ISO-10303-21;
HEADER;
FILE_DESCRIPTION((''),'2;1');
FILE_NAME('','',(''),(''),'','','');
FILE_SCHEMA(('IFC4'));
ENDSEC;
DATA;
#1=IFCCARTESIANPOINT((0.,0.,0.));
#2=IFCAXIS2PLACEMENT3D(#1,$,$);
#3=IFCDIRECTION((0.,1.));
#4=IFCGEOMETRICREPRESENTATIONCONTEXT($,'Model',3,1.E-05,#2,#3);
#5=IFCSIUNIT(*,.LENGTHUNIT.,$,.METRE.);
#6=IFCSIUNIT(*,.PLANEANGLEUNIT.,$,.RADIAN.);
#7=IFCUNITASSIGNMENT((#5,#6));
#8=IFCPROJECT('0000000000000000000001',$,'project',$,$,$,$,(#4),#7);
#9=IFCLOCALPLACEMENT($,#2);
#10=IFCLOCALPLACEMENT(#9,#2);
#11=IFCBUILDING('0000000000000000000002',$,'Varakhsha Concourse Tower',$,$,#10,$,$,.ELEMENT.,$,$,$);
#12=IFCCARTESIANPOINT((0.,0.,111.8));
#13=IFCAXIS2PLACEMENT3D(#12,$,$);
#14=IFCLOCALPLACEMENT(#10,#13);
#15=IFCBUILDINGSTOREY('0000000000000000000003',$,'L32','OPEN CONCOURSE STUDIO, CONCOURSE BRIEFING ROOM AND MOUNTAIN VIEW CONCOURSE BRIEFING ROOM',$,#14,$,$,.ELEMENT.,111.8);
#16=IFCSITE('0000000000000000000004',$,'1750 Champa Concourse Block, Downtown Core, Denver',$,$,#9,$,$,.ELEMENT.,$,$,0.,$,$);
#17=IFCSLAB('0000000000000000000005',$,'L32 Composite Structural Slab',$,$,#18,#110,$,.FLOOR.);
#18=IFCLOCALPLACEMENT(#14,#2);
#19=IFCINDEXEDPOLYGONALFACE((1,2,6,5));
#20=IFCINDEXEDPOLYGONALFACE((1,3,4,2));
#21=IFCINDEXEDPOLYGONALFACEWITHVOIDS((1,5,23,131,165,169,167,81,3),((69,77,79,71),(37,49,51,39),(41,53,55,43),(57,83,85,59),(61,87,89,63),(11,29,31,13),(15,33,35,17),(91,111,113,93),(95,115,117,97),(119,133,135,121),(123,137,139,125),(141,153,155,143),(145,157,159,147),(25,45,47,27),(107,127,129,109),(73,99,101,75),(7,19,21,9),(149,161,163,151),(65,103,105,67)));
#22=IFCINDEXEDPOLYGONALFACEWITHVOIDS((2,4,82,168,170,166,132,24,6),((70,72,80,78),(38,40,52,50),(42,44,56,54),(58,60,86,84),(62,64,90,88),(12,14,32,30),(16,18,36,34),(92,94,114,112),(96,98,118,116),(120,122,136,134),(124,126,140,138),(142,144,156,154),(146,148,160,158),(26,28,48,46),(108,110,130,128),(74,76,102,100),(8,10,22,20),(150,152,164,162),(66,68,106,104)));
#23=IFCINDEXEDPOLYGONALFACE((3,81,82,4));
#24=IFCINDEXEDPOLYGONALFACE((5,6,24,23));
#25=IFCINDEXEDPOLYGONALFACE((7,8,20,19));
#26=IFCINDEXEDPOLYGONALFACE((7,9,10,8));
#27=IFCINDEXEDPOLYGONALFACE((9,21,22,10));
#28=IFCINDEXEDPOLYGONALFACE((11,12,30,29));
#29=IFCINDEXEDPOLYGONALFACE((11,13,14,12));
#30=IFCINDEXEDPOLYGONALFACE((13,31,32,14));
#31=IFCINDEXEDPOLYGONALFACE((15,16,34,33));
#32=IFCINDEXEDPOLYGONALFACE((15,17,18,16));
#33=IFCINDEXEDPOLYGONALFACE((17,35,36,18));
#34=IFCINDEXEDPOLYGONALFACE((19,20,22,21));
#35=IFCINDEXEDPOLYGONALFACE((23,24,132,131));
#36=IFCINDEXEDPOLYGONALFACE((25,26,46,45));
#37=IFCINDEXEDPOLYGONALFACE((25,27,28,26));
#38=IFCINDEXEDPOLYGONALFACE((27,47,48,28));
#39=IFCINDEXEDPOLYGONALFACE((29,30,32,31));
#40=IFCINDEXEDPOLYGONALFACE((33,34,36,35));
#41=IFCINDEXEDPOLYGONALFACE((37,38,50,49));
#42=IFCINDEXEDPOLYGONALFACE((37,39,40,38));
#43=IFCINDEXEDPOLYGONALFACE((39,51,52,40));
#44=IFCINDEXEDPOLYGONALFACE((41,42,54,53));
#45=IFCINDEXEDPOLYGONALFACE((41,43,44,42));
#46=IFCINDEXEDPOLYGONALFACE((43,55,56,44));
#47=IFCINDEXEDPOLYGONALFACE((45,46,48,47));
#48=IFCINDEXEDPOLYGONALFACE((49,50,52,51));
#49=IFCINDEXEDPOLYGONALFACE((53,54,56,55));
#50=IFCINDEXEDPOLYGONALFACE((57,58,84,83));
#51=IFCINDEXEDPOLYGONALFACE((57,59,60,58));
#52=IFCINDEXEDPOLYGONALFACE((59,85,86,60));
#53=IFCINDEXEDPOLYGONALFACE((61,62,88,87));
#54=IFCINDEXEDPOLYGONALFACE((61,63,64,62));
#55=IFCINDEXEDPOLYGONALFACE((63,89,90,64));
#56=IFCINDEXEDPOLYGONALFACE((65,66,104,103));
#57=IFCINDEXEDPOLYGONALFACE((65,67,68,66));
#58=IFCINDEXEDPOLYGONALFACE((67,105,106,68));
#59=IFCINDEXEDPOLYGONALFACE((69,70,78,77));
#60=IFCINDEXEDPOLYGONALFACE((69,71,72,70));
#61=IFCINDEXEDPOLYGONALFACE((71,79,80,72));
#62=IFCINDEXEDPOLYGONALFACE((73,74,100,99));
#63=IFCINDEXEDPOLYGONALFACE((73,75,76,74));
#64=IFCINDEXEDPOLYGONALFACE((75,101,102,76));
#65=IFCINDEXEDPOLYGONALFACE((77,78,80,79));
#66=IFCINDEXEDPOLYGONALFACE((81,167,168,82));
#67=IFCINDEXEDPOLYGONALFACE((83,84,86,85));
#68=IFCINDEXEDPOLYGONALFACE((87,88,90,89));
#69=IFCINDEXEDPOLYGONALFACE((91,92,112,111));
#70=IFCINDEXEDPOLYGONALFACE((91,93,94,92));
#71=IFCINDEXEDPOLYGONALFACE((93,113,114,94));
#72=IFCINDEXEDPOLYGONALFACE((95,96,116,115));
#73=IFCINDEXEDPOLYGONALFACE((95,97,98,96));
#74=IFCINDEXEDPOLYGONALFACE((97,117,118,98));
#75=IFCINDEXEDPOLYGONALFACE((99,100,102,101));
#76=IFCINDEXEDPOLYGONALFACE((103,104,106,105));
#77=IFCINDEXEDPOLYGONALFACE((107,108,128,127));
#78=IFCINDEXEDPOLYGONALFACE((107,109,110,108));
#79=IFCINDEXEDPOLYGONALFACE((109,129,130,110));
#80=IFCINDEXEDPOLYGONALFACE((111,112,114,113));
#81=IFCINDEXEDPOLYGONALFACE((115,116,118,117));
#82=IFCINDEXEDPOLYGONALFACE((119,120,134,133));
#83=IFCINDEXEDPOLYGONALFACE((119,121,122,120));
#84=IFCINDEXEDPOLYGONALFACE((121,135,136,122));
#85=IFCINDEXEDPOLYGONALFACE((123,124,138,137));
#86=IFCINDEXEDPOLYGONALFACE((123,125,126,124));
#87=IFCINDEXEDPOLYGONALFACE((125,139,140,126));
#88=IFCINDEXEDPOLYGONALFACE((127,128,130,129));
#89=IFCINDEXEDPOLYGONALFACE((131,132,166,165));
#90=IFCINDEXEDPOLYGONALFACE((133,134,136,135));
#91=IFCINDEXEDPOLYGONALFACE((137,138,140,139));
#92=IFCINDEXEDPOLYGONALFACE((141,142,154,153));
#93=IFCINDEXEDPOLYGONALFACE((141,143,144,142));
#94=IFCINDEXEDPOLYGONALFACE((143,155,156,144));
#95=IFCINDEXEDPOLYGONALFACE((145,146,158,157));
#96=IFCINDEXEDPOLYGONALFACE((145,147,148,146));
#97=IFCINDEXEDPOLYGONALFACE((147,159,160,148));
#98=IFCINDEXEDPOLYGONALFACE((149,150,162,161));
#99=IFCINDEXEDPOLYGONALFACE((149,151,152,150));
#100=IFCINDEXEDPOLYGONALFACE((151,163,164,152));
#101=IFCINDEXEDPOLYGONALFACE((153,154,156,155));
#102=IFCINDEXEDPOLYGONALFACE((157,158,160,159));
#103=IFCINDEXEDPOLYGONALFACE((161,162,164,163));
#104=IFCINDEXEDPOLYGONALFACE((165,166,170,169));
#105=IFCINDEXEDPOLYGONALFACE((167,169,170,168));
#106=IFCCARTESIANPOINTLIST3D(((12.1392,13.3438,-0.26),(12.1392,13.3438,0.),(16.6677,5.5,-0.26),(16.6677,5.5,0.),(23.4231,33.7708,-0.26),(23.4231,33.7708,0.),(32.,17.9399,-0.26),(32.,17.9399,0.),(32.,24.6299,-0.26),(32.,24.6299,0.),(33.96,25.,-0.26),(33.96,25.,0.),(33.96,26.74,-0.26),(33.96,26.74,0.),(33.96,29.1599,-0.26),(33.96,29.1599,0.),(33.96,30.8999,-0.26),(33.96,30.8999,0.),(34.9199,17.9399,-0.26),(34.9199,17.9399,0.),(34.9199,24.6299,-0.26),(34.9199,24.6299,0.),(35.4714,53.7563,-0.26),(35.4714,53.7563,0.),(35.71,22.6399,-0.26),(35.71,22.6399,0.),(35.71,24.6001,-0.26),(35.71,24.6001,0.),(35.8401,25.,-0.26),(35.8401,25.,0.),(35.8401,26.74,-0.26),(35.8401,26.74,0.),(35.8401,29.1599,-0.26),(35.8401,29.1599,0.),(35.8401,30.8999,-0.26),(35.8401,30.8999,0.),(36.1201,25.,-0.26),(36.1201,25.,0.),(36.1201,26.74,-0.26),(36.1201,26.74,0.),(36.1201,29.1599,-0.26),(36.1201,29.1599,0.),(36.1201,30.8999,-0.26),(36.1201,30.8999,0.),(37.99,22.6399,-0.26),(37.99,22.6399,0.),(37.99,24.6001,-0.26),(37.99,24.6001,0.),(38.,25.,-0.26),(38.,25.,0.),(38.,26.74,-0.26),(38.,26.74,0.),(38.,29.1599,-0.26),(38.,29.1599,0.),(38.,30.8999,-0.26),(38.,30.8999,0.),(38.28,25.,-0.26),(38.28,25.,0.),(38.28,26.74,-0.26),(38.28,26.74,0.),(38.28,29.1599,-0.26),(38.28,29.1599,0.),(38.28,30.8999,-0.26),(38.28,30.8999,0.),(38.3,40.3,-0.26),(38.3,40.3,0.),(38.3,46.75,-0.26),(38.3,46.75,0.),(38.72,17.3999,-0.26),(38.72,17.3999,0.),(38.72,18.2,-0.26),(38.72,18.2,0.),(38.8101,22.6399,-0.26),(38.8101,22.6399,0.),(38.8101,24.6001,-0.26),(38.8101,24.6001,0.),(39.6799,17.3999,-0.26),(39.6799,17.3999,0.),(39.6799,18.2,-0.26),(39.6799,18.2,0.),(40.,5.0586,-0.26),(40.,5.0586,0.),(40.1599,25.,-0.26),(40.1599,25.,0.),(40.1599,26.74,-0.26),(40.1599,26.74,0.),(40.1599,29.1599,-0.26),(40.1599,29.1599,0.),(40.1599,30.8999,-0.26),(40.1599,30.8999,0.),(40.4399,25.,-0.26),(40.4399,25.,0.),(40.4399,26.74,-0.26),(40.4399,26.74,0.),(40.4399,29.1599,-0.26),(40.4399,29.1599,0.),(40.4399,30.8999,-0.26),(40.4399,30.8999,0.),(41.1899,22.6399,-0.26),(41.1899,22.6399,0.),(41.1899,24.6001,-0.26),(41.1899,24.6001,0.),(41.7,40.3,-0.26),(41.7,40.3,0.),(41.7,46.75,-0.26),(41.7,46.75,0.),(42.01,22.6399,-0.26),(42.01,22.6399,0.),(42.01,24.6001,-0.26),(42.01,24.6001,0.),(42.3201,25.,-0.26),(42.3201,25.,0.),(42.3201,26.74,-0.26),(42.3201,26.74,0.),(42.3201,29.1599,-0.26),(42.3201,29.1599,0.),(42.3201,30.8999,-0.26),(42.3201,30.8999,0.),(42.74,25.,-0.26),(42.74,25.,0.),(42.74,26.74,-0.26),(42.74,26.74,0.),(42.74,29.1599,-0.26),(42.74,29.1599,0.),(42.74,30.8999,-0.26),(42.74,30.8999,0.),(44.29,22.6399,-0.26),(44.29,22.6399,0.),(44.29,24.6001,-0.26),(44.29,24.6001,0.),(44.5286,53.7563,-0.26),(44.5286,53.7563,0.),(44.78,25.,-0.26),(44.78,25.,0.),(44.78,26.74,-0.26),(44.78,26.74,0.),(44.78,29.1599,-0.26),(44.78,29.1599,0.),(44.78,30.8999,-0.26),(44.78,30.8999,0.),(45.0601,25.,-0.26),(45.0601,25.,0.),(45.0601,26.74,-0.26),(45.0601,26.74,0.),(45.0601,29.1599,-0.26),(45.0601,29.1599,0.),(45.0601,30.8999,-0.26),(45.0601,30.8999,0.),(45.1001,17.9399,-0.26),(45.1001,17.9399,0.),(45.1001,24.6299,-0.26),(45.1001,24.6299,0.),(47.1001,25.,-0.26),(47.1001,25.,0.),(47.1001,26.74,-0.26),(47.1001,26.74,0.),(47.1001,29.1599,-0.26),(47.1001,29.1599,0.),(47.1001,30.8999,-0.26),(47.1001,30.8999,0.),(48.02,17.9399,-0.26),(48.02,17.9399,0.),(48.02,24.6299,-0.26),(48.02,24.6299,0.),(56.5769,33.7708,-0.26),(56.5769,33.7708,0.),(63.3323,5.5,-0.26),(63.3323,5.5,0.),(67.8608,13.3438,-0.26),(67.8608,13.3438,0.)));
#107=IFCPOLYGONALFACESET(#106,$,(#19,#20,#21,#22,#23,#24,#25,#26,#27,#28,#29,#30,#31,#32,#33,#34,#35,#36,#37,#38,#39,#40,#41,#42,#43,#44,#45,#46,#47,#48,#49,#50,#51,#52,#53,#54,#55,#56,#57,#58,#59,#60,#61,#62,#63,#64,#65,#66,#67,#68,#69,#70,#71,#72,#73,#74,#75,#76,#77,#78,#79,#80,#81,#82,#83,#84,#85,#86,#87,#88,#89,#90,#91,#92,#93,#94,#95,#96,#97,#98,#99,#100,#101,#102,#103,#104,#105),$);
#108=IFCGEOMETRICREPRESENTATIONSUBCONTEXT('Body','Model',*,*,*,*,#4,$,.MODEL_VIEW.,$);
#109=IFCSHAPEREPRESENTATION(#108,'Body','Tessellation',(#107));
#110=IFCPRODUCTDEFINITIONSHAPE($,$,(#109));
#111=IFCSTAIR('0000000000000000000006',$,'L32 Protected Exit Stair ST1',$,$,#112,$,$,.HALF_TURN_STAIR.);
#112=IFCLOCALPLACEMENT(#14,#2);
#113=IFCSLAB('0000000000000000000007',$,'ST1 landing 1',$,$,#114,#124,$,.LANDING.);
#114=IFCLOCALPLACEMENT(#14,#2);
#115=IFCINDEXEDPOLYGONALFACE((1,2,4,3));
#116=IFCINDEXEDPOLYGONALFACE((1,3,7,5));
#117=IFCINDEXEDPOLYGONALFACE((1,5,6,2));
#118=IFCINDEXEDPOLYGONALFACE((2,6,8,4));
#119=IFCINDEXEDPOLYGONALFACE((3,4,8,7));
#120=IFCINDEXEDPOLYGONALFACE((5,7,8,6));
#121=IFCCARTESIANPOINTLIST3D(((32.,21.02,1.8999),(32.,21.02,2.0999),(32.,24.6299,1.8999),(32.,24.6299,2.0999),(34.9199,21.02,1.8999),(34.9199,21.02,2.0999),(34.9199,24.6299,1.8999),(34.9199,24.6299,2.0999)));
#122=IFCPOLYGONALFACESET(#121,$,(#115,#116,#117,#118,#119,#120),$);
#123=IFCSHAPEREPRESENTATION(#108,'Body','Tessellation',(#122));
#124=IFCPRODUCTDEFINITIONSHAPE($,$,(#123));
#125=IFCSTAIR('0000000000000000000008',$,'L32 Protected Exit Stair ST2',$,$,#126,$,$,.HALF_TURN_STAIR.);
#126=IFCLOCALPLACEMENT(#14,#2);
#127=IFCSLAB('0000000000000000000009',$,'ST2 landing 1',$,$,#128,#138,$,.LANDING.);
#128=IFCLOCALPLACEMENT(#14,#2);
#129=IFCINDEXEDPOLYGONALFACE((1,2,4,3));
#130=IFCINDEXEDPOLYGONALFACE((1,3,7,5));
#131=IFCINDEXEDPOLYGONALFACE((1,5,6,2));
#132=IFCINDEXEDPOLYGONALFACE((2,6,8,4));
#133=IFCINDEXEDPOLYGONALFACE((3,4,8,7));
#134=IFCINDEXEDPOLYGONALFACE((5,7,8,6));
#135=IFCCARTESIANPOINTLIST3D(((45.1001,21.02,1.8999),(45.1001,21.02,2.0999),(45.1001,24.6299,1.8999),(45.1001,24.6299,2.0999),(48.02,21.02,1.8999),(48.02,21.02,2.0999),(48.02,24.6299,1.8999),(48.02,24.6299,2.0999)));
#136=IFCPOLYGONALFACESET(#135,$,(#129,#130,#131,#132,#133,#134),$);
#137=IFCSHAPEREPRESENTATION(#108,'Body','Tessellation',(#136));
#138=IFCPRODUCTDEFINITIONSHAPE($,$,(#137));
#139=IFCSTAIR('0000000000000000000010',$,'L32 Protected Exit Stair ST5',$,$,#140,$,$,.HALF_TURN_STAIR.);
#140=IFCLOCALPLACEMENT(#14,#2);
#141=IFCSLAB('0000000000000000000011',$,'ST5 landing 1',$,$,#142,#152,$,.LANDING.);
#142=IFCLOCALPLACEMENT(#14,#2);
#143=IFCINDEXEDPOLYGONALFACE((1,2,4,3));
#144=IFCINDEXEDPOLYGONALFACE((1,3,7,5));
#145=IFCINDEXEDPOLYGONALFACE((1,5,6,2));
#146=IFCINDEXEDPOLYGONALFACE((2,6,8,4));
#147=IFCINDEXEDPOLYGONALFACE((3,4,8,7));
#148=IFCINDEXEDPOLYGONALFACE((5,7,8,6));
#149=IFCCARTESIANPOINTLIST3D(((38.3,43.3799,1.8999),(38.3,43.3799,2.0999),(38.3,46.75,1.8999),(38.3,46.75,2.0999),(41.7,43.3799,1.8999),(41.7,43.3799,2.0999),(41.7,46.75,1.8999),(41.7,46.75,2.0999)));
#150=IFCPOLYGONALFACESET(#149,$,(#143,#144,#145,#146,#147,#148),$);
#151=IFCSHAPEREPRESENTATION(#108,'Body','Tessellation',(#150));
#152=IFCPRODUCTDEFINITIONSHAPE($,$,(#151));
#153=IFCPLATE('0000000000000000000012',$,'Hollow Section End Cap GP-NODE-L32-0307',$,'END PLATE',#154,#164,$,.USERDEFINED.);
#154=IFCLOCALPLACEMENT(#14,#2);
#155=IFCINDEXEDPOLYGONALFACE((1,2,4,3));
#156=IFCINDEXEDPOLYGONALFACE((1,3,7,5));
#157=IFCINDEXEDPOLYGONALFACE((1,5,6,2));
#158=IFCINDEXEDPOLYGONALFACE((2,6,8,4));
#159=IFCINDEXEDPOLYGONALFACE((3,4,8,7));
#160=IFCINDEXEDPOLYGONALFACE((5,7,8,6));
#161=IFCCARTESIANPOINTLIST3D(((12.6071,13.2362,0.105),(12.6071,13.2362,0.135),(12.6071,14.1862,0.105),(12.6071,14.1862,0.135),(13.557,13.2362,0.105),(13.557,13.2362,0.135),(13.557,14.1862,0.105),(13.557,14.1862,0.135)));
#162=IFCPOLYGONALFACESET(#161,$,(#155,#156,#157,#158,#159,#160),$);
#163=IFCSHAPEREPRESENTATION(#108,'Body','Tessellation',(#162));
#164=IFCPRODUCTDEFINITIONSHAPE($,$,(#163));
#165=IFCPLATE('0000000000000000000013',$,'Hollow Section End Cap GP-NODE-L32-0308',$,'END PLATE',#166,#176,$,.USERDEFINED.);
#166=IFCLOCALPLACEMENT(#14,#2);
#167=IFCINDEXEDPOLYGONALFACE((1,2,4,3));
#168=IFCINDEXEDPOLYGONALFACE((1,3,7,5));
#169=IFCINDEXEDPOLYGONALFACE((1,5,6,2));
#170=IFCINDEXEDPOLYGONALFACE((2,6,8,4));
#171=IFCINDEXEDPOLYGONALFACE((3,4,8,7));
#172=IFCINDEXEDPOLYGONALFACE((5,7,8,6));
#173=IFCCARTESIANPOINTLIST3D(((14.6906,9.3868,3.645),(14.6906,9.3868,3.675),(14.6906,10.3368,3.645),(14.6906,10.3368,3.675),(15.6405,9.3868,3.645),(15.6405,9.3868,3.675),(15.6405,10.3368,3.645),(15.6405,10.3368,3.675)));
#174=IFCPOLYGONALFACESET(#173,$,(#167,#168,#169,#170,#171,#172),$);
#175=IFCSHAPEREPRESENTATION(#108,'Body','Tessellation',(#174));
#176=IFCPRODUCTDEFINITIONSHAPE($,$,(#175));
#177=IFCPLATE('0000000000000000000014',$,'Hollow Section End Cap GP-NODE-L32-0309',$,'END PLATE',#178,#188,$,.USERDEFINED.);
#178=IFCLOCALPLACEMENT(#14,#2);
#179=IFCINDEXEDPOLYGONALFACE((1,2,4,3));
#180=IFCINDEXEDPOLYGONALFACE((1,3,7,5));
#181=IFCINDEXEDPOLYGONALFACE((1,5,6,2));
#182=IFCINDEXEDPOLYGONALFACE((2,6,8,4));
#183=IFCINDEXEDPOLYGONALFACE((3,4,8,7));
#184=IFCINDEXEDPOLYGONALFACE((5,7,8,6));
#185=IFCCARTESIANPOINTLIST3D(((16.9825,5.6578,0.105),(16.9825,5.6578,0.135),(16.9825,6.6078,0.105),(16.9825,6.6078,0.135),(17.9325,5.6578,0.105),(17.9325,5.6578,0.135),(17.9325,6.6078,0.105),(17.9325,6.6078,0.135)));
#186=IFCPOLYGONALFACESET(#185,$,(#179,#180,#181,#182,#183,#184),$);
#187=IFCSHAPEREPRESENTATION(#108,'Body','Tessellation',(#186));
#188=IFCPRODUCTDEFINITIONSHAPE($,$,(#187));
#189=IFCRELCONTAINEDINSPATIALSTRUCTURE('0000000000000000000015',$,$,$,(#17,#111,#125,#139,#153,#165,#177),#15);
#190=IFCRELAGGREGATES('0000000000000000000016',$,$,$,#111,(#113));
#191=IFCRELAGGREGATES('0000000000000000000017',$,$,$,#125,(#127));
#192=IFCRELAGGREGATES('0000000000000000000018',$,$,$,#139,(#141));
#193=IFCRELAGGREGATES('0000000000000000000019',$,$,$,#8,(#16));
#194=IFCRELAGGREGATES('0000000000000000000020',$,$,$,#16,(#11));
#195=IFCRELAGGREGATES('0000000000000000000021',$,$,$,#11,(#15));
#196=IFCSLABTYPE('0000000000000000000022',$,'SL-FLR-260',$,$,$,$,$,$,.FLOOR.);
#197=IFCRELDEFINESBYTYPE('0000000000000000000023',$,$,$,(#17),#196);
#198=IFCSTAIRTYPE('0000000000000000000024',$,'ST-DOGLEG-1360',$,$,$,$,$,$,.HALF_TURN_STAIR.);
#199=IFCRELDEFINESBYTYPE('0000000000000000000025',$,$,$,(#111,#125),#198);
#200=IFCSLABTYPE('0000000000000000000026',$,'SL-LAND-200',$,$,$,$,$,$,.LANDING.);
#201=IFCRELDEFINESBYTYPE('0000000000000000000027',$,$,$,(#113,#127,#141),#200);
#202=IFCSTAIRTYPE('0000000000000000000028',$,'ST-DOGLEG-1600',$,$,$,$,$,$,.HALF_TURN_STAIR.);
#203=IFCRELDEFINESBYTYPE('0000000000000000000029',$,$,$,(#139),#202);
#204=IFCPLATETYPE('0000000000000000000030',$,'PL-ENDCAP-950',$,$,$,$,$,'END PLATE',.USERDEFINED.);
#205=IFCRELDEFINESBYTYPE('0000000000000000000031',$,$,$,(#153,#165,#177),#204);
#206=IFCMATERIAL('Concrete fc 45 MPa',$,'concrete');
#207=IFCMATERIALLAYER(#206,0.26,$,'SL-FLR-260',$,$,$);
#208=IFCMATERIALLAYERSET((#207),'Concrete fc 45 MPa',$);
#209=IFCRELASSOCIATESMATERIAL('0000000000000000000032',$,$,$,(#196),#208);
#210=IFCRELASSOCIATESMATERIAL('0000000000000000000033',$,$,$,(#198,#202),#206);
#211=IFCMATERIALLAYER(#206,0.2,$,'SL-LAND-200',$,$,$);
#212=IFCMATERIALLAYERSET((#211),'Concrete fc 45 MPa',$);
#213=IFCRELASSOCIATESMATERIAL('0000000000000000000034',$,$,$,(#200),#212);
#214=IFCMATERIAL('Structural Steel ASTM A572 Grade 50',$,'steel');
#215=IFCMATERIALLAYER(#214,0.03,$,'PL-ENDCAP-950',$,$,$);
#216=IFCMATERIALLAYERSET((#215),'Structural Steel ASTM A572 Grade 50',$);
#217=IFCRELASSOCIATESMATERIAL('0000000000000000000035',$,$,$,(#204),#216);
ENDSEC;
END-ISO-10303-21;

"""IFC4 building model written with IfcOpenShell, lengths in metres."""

from ifc_helpers import new_model, si_unit, direction, frame, origin, origin_2d, place, context, subcontext, project, spatial, polyline, rectangle, outline, extrude, source, transform, mapped, material, layer, layer_set, type_object, type_shapes, element, aggregate, save


model = new_model("IFC4")

# Units and contexts
model_context = context("Model", 3, precision=1e-05, world=origin(), true_north=direction((0.0, 1.0)))
body_context = subcontext(model_context, "Body", "Model", "MODEL_VIEW")
ifc_project = project(units=[si_unit("LENGTHUNIT", "METRE"), si_unit("PLANEANGLEUNIT", "RADIAN")], contexts=[model_context])

# Site, building, storey
site_placement = place(None, origin())
site = spatial("IfcSite", under=ifc_project, at=site_placement, Name="1750 Champa Concourse Block, Downtown Core, Denver", CompositionType="ELEMENT", RefElevation=0.0)
building_placement = place(site_placement, origin())
building = spatial("IfcBuilding", under=site, at=building_placement, Name="Varakhsha Concourse Tower", CompositionType="ELEMENT")
storey_placement = place(building_placement, frame((0.0, 0.0, 111.8)))
storey = spatial("IfcBuildingStorey", under=building, at=storey_placement, Name="L32", Description="OPEN CONCOURSE STUDIO, CONCOURSE BRIEFING ROOM AND MOUNTAIN VIEW CONCOURSE BRIEFING ROOM", CompositionType="ELEMENT", Elevation=111.8)

# Shared definitions
ifc_material_1 = material(Name="Structural Steel ASTM A572 Grade 50", Category="steel")

# Slab
ifc_material_2 = material(Name="Concrete fc 45 MPa", Category="concrete")
ifc_layer_1 = layer(ifc_material_2, 0.26, Name="SL-FLR-260")
ifc_layer_set_1 = layer_set([ifc_layer_1], Name="Concrete fc 45 MPa")
slab_type_1 = type_object("IfcSlabType", Name="SL-FLR-260", PredefinedType="FLOOR", material=ifc_layer_set_1)
slab_1_placement = place(storey_placement, frame((0.0, 0.0, -0.26)))
element("IfcSlab", 1, at=slab_1_placement, inside=storey, type_object=slab_type_1, Name="L32 Composite Structural Slab", PredefinedType="FLOOR", context=body_context, shape_type="SweptSolid", body=[
    extrude(outline(polyline([(44.5286, 53.7563), (35.4714, 53.7563), (23.4231, 33.7708), (12.1392, 13.3438), (16.6677, 5.5), (40.0, 5.0586), (63.3323, 5.5), (67.8608, 13.3438), (56.5769, 33.7708), (44.5286, 53.7563)]), holes=[polyline([(34.9199, 17.9399), (34.9199, 24.6299), (32.0, 24.6299), (32.0, 17.9399), (34.9199, 17.9399)]), polyline([(48.02, 17.9399), (48.02, 24.6299), (45.1001, 24.6299), (45.1001, 17.9399), (48.02, 17.9399)]), polyline([(41.7, 40.3), (41.7, 46.75), (38.3, 46.75), (38.3, 40.3), (41.7, 40.3)]), polyline([(33.96, 29.1599), (35.8401, 29.1599), (35.8401, 30.8999), (33.96, 30.8999), (33.96, 29.1599)]), polyline([(36.1201, 29.1599), (38.0, 29.1599), (38.0, 30.8999), (36.1201, 30.8999), (36.1201, 29.1599)]), polyline([(38.28, 29.1599), (40.1599, 29.1599), (40.1599, 30.8999), (38.28, 30.8999), (38.28, 29.1599)]), polyline([(40.4399, 29.1599), (42.3201, 29.1599), (42.3201, 30.8999), (40.4399, 30.8999), (40.4399, 29.1599)]), polyline([(33.96, 25.0), (35.8401, 25.0), (35.8401, 26.74), (33.96, 26.74), (33.96, 25.0)]), polyline([(36.1201, 25.0), (38.0, 25.0), (38.0, 26.74), (36.1201, 26.74), (36.1201, 25.0)]), polyline([(38.28, 25.0), (40.1599, 25.0), (40.1599, 26.74), (38.28, 26.74), (38.28, 25.0)]), polyline([(40.4399, 25.0), (42.3201, 25.0), (42.3201, 26.74), (40.4399, 26.74), (40.4399, 25.0)]), polyline([(42.74, 29.1599), (44.78, 29.1599), (44.78, 30.8999), (42.74, 30.8999), (42.74, 29.1599)]), polyline([(45.0601, 29.1599), (47.1001, 29.1599), (47.1001, 30.8999), (45.0601, 30.8999), (45.0601, 29.1599)]), polyline([(42.74, 25.0), (44.78, 25.0), (44.78, 26.74), (42.74, 26.74), (42.74, 25.0)]), polyline([(45.0601, 25.0), (47.1001, 25.0), (47.1001, 26.74), (45.0601, 26.74), (45.0601, 25.0)]), polyline([(35.71, 22.6399), (37.99, 22.6399), (37.99, 24.6001), (35.71, 24.6001), (35.71, 22.6399)]), polyline([(42.01, 22.6399), (44.29, 22.6399), (44.29, 24.6001), (42.01, 24.6001), (42.01, 22.6399)]), polyline([(38.8101, 22.6399), (41.1899, 22.6399), (41.1899, 24.6001), (38.8101, 24.6001), (38.8101, 22.6399)]), polyline([(38.72, 17.3999), (39.6799, 17.3999), (39.6799, 18.2), (38.72, 18.2), (38.72, 17.3999)])]), origin(), (0.0, 0.0, 1.0), 0.26),
])

# Stairs, slabs
stair_type_1 = type_object("IfcStairType", Name="ST-DOGLEG-1360", PredefinedType="HALF_TURN_STAIR", material=ifc_material_2)
stair_1_placement = place(storey_placement, origin())
stair_1 = element("IfcStair", 2, at=stair_1_placement, inside=storey, type_object=stair_type_1, Name="L32 Protected Exit Stair ST1", PredefinedType="HALF_TURN_STAIR")
ifc_layer_2 = layer(ifc_material_2, 0.2, Name="SL-LAND-200")
ifc_layer_set_2 = layer_set([ifc_layer_2], Name="Concrete fc 45 MPa")
slab_type_2 = type_object("IfcSlabType", Name="SL-LAND-200", PredefinedType="LANDING", material=ifc_layer_set_2)
slab_2_placement = place(storey_placement, frame((0.0, 0.0, 1.8999)))
slab_2 = element("IfcSlab", 3, at=slab_2_placement, type_object=slab_type_2, Name="ST1 landing 1", PredefinedType="LANDING", context=body_context, shape_type="SweptSolid", body=[
    extrude(outline(polyline([(34.9199, 21.02), (34.9199, 24.6299), (32.0, 24.6299), (32.0, 21.02), (34.9199, 21.02)])), origin(), (0.0, 0.0, 1.0), 0.2),
])
aggregate(stair_1, [slab_2])
stair_2_placement = place(storey_placement, origin())
stair_2 = element("IfcStair", 4, at=stair_2_placement, inside=storey, type_object=stair_type_1, Name="L32 Protected Exit Stair ST2", PredefinedType="HALF_TURN_STAIR")
slab_3_placement = place(storey_placement, frame((0.0, 0.0, 1.8999)))
slab_3 = element("IfcSlab", 5, at=slab_3_placement, type_object=slab_type_2, Name="ST2 landing 1", PredefinedType="LANDING", context=body_context, shape_type="SweptSolid", body=[
    extrude(outline(polyline([(48.02, 21.02), (48.02, 24.6299), (45.1001, 24.6299), (45.1001, 21.02), (48.02, 21.02)])), origin(), (0.0, 0.0, 1.0), 0.2),
])
aggregate(stair_2, [slab_3])
stair_type_2 = type_object("IfcStairType", Name="ST-DOGLEG-1600", PredefinedType="HALF_TURN_STAIR", material=ifc_material_2)
stair_3_placement = place(storey_placement, origin())
stair_3 = element("IfcStair", 6, at=stair_3_placement, inside=storey, type_object=stair_type_2, Name="L32 Protected Exit Stair ST5", PredefinedType="HALF_TURN_STAIR")
slab_4_placement = place(storey_placement, frame((0.0, 0.0, 1.8999)))
slab_4 = element("IfcSlab", 7, at=slab_4_placement, type_object=slab_type_2, Name="ST5 landing 1", PredefinedType="LANDING", context=body_context, shape_type="SweptSolid", body=[
    extrude(outline(polyline([(41.7, 43.3799), (41.7, 46.75), (38.3, 46.75), (38.3, 43.3799), (41.7, 43.3799)])), origin(), (0.0, 0.0, 1.0), 0.2),
])
aggregate(stair_3, [slab_4])

# Plates
ifc_layer_3 = layer(ifc_material_1, 0.03, Name="PL-ENDCAP-950")
ifc_layer_set_3 = layer_set([ifc_layer_3], Name="Structural Steel ASTM A572 Grade 50")
plate_type_1 = type_object("IfcPlateType", Name="PL-ENDCAP-950", ElementType="END PLATE", PredefinedType="USERDEFINED", material=ifc_layer_set_3)
shared_shape_1 = source(origin(), body_context, "Body", "SweptSolid", [
    extrude(rectangle(XDim=0.95, YDim=0.95, at=origin_2d()), origin(), (0.0, 0.0, 1.0), 0.03),
])
type_shapes(plate_type_1, [shared_shape_1])
for number, where, z_axis, x_axis, name in (
    (8, (13.082, 13.7112, 0.105), (0.0, 0.0, 1.0), (1.0, 0.0, 0.0), "Hollow Section End Cap GP-NODE-L32-0307"),
    (9, (15.1655, 9.8618, 3.645), (0.0, 0.0, 1.0), (1.0, 0.0, 0.0), "Hollow Section End Cap GP-NODE-L32-0308"),
    (10, (17.4575, 6.1328, 0.105), (0.0, 0.0, 1.0), (1.0, 0.0, 0.0), "Hollow Section End Cap GP-NODE-L32-0309"),
):
    element("IfcPlate", number, at=place(storey_placement, frame(where, z_axis=z_axis, x_axis=x_axis)), inside=storey, type_object=plate_type_1, Name=name, ObjectType="END PLATE", PredefinedType="USERDEFINED", context=body_context, shape_type="MappedRepresentation", body=[
        mapped(shared_shape_1, transform((0.0, 0.0, 0.0), scale=1.0)),
    ])

save(model, "model.ifc")
